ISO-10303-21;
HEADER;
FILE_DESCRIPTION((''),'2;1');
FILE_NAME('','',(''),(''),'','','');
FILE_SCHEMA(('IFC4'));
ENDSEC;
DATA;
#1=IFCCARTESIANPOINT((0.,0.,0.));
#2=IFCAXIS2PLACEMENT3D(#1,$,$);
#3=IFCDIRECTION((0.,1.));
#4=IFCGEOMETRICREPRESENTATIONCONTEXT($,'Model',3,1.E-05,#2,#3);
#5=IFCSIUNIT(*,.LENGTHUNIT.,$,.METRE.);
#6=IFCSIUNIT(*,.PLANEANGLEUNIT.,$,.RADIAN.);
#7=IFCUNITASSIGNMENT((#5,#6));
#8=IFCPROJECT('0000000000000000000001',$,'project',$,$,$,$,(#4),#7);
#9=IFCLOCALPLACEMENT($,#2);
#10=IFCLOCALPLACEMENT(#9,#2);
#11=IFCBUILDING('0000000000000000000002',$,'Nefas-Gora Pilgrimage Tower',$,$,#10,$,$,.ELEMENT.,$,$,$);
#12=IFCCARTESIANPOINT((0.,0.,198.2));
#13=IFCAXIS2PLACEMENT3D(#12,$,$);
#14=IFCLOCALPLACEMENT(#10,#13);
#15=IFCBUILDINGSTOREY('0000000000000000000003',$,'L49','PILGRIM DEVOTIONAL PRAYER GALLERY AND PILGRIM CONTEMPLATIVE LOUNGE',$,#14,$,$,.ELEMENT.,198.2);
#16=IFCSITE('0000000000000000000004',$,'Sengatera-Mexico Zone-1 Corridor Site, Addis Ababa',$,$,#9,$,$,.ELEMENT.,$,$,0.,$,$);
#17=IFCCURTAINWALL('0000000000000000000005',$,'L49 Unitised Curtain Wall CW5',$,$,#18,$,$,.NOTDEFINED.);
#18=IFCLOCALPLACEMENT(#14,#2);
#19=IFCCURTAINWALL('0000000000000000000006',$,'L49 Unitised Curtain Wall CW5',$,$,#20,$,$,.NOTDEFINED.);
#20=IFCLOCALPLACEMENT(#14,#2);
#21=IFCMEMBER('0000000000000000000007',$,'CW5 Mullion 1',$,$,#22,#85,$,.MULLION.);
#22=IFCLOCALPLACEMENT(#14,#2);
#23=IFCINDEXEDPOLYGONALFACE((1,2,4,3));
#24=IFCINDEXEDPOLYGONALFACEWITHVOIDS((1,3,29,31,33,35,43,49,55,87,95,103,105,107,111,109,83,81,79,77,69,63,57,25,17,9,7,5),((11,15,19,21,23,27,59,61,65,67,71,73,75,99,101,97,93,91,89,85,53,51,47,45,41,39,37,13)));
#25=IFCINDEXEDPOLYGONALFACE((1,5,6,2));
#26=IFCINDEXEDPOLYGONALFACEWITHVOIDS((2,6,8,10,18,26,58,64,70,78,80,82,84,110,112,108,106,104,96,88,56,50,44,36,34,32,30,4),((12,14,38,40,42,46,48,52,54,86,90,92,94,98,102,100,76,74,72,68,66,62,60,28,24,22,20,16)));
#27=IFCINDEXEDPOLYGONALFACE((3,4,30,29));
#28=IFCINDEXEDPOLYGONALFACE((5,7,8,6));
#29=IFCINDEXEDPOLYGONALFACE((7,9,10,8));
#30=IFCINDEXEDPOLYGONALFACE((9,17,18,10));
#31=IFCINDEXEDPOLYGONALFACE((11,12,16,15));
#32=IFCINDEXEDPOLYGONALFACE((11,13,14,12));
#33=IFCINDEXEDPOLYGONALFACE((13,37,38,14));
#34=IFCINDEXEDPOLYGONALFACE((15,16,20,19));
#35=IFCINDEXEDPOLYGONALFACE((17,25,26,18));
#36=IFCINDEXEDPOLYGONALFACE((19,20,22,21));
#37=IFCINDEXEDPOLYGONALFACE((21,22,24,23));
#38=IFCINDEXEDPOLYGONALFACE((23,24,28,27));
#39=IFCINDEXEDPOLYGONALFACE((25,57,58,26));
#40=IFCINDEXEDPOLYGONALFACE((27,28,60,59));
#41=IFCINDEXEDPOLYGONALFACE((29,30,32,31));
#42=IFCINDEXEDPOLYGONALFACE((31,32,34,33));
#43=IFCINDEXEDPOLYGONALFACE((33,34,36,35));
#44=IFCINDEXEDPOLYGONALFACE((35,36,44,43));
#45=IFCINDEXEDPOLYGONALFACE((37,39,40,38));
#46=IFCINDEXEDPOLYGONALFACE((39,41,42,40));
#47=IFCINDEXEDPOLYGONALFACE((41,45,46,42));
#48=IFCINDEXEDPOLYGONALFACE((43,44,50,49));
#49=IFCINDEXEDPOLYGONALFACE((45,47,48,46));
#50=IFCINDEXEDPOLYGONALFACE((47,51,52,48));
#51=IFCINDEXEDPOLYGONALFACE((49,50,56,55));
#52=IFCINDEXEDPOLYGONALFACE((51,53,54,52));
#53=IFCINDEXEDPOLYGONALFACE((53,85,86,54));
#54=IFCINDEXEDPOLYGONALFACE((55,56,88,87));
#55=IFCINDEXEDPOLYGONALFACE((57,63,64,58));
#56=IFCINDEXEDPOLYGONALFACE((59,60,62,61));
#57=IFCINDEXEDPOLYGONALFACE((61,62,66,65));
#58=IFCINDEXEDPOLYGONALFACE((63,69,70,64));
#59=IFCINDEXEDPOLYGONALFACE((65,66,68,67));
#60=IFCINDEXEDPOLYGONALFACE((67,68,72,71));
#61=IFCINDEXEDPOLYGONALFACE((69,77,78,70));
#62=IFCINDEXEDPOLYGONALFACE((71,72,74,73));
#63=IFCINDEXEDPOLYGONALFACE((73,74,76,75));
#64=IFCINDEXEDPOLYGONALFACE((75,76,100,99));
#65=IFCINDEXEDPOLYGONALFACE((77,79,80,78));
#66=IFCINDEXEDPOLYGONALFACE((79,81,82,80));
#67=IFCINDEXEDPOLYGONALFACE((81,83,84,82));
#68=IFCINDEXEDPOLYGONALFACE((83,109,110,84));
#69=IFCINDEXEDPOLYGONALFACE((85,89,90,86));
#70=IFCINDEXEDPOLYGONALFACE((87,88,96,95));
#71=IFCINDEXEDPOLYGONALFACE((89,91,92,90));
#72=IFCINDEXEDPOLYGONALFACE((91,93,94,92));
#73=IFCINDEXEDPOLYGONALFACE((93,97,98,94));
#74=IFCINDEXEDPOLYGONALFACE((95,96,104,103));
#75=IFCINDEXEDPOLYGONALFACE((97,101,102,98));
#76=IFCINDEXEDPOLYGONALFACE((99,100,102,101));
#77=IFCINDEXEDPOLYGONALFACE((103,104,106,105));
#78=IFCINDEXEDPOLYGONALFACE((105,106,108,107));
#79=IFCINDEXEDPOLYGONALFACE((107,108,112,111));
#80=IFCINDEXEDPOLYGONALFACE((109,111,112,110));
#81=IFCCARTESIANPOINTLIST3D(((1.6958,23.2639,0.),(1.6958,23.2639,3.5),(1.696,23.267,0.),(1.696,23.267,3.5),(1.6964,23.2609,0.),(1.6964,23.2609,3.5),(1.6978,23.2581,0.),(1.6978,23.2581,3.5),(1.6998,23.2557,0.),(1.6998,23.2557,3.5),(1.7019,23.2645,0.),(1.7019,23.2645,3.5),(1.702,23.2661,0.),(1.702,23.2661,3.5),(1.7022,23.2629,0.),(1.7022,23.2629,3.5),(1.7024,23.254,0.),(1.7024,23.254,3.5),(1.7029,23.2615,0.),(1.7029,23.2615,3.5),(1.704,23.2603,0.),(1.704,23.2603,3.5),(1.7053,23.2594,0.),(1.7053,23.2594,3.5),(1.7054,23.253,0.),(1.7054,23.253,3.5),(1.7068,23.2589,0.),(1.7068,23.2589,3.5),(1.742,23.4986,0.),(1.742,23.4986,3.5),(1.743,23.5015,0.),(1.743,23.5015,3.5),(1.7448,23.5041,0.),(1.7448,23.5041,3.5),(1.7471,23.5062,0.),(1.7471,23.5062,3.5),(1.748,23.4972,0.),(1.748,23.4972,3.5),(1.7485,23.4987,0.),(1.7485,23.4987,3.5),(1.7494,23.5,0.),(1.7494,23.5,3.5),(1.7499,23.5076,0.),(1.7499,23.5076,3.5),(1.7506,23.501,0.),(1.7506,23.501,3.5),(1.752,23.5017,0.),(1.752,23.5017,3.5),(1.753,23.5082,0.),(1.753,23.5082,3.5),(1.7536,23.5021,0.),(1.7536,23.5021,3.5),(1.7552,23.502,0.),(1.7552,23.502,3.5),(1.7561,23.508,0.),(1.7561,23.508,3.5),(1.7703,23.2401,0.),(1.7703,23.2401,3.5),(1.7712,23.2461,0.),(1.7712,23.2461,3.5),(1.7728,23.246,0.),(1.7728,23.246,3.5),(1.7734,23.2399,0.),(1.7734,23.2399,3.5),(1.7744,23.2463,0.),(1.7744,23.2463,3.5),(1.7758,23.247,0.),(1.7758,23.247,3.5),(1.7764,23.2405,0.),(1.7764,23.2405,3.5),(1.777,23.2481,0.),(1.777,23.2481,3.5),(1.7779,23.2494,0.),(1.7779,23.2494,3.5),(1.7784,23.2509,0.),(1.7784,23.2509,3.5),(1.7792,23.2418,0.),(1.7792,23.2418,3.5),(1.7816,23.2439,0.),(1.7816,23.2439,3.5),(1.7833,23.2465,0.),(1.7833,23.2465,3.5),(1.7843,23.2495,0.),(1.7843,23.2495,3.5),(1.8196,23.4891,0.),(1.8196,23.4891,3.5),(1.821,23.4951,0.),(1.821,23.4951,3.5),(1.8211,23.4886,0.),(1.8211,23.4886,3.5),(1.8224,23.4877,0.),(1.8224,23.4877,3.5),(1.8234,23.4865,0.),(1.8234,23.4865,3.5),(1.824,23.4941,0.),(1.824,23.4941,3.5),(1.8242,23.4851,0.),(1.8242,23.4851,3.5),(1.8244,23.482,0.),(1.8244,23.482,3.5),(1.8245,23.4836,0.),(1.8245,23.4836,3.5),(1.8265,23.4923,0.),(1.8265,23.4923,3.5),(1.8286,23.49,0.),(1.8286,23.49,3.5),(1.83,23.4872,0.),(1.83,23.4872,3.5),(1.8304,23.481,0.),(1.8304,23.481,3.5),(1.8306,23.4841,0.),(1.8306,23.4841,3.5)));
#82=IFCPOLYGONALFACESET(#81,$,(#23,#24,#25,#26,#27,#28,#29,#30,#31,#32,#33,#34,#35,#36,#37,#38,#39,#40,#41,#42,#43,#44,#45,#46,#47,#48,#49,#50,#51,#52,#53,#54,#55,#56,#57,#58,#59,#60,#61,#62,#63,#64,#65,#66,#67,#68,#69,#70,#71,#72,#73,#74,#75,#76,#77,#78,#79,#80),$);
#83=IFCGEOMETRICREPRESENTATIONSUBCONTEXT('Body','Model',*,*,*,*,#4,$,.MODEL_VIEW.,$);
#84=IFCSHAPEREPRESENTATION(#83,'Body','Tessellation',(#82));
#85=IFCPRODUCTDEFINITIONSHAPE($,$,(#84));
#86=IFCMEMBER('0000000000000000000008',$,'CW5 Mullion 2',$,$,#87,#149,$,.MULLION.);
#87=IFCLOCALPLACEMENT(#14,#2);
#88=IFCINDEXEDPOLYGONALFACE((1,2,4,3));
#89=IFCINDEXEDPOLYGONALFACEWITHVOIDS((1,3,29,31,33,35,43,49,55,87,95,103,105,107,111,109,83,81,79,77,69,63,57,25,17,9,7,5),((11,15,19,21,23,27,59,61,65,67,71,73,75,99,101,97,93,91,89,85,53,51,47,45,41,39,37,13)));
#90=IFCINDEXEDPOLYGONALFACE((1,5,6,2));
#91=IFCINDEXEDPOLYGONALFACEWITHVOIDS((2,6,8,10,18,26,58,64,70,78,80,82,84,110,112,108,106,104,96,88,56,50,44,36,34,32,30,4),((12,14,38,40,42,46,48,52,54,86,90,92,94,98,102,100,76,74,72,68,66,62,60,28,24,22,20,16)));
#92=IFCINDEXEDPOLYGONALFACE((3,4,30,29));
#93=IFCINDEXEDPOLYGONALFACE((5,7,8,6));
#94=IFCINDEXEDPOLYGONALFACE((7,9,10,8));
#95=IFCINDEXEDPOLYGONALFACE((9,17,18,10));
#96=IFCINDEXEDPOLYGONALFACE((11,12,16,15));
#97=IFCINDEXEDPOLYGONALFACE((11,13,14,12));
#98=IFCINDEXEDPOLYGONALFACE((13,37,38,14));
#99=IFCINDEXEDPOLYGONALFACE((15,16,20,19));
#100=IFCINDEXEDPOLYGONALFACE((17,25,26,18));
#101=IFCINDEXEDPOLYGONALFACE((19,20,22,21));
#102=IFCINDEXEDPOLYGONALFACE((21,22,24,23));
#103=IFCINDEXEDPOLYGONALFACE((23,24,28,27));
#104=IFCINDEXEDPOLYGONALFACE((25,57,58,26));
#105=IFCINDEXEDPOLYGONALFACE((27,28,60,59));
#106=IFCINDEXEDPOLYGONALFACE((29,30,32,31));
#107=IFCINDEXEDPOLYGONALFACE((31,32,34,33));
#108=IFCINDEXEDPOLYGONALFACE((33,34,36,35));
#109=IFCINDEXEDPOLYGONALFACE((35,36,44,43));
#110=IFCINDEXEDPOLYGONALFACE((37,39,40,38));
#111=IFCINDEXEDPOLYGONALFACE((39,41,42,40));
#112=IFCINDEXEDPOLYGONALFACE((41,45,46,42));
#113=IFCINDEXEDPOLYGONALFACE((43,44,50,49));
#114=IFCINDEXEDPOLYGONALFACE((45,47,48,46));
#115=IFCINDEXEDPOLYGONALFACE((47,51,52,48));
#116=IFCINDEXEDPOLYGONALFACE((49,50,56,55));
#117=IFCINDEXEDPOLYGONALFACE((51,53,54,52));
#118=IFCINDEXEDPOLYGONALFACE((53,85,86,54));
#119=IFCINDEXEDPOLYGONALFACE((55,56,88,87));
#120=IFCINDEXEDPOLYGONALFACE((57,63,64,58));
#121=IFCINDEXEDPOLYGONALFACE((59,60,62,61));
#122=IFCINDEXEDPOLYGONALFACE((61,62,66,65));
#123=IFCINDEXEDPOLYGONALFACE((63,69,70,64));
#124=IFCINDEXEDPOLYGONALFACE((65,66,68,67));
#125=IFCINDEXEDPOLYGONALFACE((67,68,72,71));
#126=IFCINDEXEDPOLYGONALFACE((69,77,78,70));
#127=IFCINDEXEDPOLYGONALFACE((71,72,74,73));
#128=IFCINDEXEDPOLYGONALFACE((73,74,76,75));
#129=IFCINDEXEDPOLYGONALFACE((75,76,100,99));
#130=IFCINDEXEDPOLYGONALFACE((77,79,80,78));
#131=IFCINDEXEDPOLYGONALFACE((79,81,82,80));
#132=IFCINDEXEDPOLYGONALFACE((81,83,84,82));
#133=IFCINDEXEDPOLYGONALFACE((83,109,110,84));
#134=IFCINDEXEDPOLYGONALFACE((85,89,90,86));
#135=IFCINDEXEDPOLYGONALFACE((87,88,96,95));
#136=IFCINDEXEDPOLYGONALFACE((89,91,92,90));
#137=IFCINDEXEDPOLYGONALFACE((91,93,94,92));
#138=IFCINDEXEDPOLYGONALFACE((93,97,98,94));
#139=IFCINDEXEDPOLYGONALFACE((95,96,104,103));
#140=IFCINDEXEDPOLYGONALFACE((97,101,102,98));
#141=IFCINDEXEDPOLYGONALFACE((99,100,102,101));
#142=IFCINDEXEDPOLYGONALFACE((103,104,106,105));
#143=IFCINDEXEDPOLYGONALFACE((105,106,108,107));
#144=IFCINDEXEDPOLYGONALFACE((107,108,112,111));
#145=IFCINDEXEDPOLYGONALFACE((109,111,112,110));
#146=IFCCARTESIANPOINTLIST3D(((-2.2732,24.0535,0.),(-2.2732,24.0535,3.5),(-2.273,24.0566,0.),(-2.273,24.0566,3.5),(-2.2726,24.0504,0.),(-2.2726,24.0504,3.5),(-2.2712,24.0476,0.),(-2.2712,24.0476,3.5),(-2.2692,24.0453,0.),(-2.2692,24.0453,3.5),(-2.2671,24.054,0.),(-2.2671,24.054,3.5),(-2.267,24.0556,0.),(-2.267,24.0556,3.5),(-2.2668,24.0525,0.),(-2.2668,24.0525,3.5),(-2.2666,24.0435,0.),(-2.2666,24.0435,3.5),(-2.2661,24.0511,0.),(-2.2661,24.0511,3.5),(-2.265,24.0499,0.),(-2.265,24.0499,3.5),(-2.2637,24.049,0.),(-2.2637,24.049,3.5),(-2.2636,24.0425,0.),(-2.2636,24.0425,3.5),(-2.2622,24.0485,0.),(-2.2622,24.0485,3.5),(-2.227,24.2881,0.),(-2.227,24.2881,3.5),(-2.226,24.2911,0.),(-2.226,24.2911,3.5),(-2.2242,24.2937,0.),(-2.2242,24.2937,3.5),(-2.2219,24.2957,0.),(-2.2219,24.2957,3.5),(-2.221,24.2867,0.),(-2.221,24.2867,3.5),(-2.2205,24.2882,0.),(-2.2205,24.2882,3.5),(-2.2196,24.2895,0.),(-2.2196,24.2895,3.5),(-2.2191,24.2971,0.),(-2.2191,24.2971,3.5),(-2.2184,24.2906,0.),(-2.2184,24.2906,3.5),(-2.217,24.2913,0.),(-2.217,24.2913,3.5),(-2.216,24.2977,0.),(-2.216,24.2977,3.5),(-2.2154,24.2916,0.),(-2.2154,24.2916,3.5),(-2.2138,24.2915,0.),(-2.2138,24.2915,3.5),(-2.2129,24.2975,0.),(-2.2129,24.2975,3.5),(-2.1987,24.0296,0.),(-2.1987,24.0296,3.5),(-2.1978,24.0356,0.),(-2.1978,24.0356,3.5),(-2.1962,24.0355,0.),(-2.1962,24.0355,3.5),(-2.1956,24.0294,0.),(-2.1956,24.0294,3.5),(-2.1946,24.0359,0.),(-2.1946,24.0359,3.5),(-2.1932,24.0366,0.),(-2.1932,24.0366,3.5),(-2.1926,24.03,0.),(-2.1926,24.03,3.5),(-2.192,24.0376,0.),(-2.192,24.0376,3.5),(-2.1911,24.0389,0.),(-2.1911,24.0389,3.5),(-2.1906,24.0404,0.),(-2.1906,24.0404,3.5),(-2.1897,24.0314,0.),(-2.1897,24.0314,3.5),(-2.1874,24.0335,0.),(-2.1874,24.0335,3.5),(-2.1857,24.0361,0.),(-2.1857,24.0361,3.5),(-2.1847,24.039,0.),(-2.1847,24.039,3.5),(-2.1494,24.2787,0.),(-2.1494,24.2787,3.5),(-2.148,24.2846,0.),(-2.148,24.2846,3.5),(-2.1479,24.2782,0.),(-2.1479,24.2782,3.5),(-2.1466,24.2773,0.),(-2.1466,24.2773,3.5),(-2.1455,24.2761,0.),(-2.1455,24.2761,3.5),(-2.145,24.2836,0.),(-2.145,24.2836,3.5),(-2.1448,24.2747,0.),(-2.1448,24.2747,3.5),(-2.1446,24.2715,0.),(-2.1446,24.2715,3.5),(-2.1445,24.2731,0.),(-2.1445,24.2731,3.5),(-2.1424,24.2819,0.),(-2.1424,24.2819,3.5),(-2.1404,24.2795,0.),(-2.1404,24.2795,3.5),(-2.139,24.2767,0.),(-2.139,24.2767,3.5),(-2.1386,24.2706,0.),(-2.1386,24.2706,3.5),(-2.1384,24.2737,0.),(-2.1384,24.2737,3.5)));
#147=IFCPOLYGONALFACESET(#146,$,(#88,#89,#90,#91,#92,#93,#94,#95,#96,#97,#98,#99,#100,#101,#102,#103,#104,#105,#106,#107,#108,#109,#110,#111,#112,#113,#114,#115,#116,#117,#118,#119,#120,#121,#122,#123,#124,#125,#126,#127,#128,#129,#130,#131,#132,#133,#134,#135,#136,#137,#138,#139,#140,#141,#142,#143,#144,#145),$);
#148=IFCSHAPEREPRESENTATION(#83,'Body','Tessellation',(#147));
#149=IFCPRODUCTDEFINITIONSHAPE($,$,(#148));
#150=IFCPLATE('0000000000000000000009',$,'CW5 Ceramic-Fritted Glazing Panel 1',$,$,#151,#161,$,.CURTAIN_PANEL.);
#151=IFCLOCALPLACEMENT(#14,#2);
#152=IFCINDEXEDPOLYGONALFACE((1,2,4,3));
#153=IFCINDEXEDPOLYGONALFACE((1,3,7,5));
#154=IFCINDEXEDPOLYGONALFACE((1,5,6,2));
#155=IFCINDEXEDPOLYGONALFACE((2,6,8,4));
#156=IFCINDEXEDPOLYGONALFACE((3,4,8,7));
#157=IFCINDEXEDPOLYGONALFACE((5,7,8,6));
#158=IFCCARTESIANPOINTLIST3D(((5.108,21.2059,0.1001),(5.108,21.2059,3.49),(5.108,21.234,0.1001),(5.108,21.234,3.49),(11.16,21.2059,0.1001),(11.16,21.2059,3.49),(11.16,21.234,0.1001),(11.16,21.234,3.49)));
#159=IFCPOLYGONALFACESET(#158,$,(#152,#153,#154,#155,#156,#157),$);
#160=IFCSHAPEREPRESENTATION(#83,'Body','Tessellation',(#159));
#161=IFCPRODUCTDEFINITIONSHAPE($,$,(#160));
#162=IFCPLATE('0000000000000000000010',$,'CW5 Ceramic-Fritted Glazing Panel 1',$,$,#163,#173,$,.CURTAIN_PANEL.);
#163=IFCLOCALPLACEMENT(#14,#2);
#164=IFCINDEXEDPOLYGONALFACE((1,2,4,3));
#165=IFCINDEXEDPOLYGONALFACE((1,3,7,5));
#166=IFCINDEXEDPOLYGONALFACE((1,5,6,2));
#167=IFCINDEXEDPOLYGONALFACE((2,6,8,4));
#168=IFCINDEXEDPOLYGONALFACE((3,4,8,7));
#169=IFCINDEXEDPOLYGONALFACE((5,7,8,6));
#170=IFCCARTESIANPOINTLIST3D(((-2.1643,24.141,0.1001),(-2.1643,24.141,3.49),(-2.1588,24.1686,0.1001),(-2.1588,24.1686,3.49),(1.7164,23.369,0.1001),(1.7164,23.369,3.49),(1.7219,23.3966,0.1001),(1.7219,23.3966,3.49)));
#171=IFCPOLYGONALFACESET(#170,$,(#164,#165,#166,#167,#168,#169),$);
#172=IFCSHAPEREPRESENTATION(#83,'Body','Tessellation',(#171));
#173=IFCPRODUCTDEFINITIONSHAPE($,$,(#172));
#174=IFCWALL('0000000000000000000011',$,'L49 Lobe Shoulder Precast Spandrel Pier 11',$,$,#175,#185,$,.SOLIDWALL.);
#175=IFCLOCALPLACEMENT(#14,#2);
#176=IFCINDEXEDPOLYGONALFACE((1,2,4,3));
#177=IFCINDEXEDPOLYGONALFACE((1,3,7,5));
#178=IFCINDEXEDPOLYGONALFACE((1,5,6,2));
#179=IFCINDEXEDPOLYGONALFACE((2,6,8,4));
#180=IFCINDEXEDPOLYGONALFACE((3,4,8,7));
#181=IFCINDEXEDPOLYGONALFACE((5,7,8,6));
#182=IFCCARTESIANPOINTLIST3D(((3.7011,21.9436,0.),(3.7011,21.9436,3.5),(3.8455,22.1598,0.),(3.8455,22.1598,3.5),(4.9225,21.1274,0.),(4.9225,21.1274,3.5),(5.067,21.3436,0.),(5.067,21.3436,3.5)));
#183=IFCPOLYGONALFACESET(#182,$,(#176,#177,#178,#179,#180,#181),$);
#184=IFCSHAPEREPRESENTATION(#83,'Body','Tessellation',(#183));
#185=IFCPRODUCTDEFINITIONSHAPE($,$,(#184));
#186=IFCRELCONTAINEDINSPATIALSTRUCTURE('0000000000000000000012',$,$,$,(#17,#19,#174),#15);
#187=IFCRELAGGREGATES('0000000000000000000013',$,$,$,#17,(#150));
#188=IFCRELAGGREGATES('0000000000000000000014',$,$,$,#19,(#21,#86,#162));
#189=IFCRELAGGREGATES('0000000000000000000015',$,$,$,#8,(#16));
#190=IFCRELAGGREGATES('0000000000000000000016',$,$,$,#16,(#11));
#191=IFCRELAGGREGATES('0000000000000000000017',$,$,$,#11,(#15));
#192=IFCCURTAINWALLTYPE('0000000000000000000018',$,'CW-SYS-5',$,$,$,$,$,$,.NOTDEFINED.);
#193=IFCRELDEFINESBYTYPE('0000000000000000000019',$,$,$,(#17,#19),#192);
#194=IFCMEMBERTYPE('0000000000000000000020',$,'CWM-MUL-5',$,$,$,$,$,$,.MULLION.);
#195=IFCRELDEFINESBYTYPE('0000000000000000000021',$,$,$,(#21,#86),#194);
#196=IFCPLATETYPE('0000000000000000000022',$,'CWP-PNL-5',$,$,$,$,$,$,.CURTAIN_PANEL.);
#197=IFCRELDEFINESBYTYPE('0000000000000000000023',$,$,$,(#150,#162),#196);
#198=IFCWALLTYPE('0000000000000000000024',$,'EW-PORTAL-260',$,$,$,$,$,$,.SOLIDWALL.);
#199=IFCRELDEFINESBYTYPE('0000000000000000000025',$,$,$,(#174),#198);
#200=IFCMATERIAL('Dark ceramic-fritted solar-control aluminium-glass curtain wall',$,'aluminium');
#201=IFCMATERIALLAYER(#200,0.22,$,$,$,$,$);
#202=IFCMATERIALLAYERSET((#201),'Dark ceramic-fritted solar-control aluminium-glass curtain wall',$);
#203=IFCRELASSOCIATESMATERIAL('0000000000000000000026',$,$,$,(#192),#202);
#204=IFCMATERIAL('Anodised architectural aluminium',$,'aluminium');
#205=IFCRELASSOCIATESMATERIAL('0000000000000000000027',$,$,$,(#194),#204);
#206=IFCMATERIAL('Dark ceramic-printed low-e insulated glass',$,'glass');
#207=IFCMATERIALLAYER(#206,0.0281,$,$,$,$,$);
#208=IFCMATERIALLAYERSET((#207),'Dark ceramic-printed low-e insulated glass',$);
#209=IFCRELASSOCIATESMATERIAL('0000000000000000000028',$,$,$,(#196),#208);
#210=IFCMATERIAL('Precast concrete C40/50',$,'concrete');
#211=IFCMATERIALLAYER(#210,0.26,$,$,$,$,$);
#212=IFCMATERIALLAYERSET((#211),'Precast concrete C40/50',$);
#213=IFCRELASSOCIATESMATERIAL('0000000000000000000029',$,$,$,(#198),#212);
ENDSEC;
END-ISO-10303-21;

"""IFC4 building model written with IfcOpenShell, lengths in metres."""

from ifc_helpers import new_model, si_unit, direction, frame, frame_2d, origin, origin_2d, place, context, subcontext, project, spatial, rectangle, hollow_rectangle, extrude, source, transform, mapped, material, layer, layer_set, material_profile, profile_set, type_object, element, aggregate, save


model = new_model("IFC4")

# Units and contexts
model_context = context("Model", 3, precision=1e-05, world=origin(), true_north=direction((0.0, 1.0)))
body_context = subcontext(model_context, "Body", "Model", "MODEL_VIEW")
ifc_project = project(units=[si_unit("LENGTHUNIT", "METRE"), si_unit("PLANEANGLEUNIT", "RADIAN")], contexts=[model_context])

# Site, building, storey
site_placement = place(None, origin())
site = spatial("IfcSite", under=ifc_project, at=site_placement, Name="Sengatera-Mexico Zone-1 Corridor Site, Addis Ababa", CompositionType="ELEMENT", RefElevation=0.0)
building_placement = place(site_placement, origin())
building = spatial("IfcBuilding", under=site, at=building_placement, Name="Nefas-Gora Pilgrimage Tower", CompositionType="ELEMENT")
storey_placement = place(building_placement, frame((0.0, 0.0, 198.2)))
storey = spatial("IfcBuildingStorey", under=building, at=storey_placement, Name="L49", Description="PILGRIM DEVOTIONAL PRAYER GALLERY AND PILGRIM CONTEMPLATIVE LOUNGE", CompositionType="ELEMENT", Elevation=198.2)

# Curtain walls
ifc_material_1 = material(Name="Dark ceramic-fritted solar-control aluminium-glass curtain wall", Category="aluminium")
ifc_layer_1 = layer(ifc_material_1, 0.22)
ifc_layer_set_1 = layer_set([ifc_layer_1], Name="Dark ceramic-fritted solar-control aluminium-glass curtain wall")
curtain_wall_type = type_object("IfcCurtainWallType", Name="CW-SYS-5", PredefinedType="NOTDEFINED", material=ifc_layer_set_1)
curtain_wall_1_placement = place(storey_placement, origin())
curtain_wall_1 = element("IfcCurtainWall", 1, at=curtain_wall_1_placement, inside=storey, type_object=curtain_wall_type, Name="L49 Unitised Curtain Wall CW5", PredefinedType="NOTDEFINED")
ifc_material_2 = material(Name="Anodised architectural aluminium", Category="aluminium")
curtain_wall_2_placement = place(storey_placement, origin())
curtain_wall_2 = element("IfcCurtainWall", 2, at=curtain_wall_2_placement, inside=storey, type_object=curtain_wall_type, Name="L49 Unitised Curtain Wall CW5", PredefinedType="NOTDEFINED")

# Members
ifc_material_profile_1 = material_profile(ifc_material_2, hollow_rectangle(XDim=0.0901, YDim=0.26, WallThickness=0.0061, InnerFilletRadius=0.0061, OuterFilletRadius=0.012, at=origin_2d()), Name="ALU MULLION 90x260")
ifc_profile_set_1 = profile_set([ifc_material_profile_1], Name="Anodised architectural aluminium")
member_type_1 = type_object("IfcMemberType", Name="CWM-MUL-5", PredefinedType="MULLION", material=ifc_profile_set_1)
shared_shape_1 = source(origin(), body_context, "Body", "SweptSolid", [
    extrude(hollow_rectangle(XDim=0.0901, YDim=0.26, WallThickness=0.0061, InnerFilletRadius=0.0061, OuterFilletRadius=0.012, at=origin_2d()), origin(), (0.0, 0.0, 1.0), 3.5),
])
member_1_placement = place(storey_placement, frame((1.7632, 23.374, 0.0), z_axis=(0.0, 0.0, 1.0), x_axis=(-0.980783, 0.195102, 0.0)))
member_1 = element("IfcMember", 3, at=member_1_placement, type_object=member_type_1, Name="CW5 Mullion 1", PredefinedType="MULLION", context=body_context, shape_type="MappedRepresentation", body=[
    mapped(shared_shape_1, transform((0.0, 0.0, 0.0), x_axis=(1.0, 0.0, 0.0), y_axis=(0.0, 1.0, 0.0), z_axis=(0.0, 0.0, 1.0), scale=1.0)),
])
member_2_placement = place(storey_placement, frame((-2.2058, 24.1636, 0.0), z_axis=(0.0, 0.0, 1.0), x_axis=(-0.980783, 0.195102, 0.0)))
member_2 = element("IfcMember", 4, at=member_2_placement, type_object=member_type_1, Name="CW5 Mullion 2", PredefinedType="MULLION", context=body_context, shape_type="MappedRepresentation", body=[
    mapped(shared_shape_1, transform((0.0, 0.0, 0.0), x_axis=(1.0, 0.0, 0.0), y_axis=(0.0, 1.0, 0.0), z_axis=(0.0, 0.0, 1.0), scale=1.0)),
])

# Plates
ifc_material_3 = material(Name="Dark ceramic-printed low-e insulated glass", Category="glass")
ifc_layer_2 = layer(ifc_material_3, 0.0281)
ifc_layer_set_2 = layer_set([ifc_layer_2], Name="Dark ceramic-printed low-e insulated glass")
plate_type = type_object("IfcPlateType", Name="CWP-PNL-5", PredefinedType="CURTAIN_PANEL", material=ifc_layer_set_2)
shared_shape_2 = source(origin(), body_context, "Body", "SweptSolid", [
    extrude(rectangle(XDim=6.052, YDim=0.0281, at=origin_2d()), origin(), (0.0, 0.0, 1.0), 3.3899),
])
plate_1_placement = place(storey_placement, frame((8.134, 21.22, 0.1001), z_axis=(0.0, 0.0, 1.0), x_axis=(-1.0, 0.0, 0.0)))
plate_1 = element("IfcPlate", 5, at=plate_1_placement, type_object=plate_type, Name="CW5 Ceramic-Fritted Glazing Panel 1", PredefinedType="CURTAIN_PANEL", context=body_context, shape_type="MappedRepresentation", body=[
    mapped(shared_shape_2, transform((0.0, 0.0, 0.0), x_axis=(1.0, 0.0, 0.0), y_axis=(0.0, 1.0, 0.0), z_axis=(0.0, 0.0, 1.0), scale=1.0)),
])
aggregate(curtain_wall_1, [plate_1])
shared_shape_3 = source(origin(), body_context, "Body", "SweptSolid", [
    extrude(rectangle(XDim=3.9568, YDim=0.0281, at=origin_2d()), origin(), (0.0, 0.0, 1.0), 3.3899),
])
plate_2_placement = place(storey_placement, frame((-0.2212, 23.7688, 0.1001), z_axis=(0.0, 0.0, 1.0), x_axis=(-0.980783, 0.195102, 0.0)))
plate_2 = element("IfcPlate", 6, at=plate_2_placement, type_object=plate_type, Name="CW5 Ceramic-Fritted Glazing Panel 1", PredefinedType="CURTAIN_PANEL", context=body_context, shape_type="MappedRepresentation", body=[
    mapped(shared_shape_3, transform((0.0, 0.0, 0.0), x_axis=(1.0, 0.0, 0.0), y_axis=(0.0, 1.0, 0.0), z_axis=(0.0, 0.0, 1.0), scale=1.0)),
])
aggregate(curtain_wall_2, [member_1, member_2, plate_2])

# Wall
ifc_material_4 = material(Name="Precast concrete C40/50", Category="concrete")
ifc_layer_3 = layer(ifc_material_4, 0.26)
ifc_layer_set_3 = layer_set([ifc_layer_3], Name="Precast concrete C40/50")
wall_type_1 = type_object("IfcWallType", Name="EW-PORTAL-260", PredefinedType="SOLIDWALL", material=ifc_layer_set_3)
shared_shape_4 = source(origin(), body_context, "Body", "SweptSolid", [
    extrude(rectangle(XDim=1.469, YDim=0.26, at=frame_2d((0.7344, 0.0))), origin(), (0.0, 0.0, 1.0), 3.5),
])
wall_1_placement = place(storey_placement, frame((4.9946, 21.2356, 0.0), z_axis=(0.0, 0.0, 1.0), x_axis=(-0.831462, 0.555582, 0.0)))
element("IfcWall", 7, at=wall_1_placement, inside=storey, type_object=wall_type_1, Name="L49 Lobe Shoulder Precast Spandrel Pier 11", PredefinedType="SOLIDWALL", context=body_context, shape_type="MappedRepresentation", body=[
    mapped(shared_shape_4, transform((0.0, 0.0, 0.0), x_axis=(1.0, 0.0, 0.0), y_axis=(0.0, 1.0, 0.0), z_axis=(0.0, 0.0, 1.0), scale=1.0)),
])

save(model, "model.ifc")
